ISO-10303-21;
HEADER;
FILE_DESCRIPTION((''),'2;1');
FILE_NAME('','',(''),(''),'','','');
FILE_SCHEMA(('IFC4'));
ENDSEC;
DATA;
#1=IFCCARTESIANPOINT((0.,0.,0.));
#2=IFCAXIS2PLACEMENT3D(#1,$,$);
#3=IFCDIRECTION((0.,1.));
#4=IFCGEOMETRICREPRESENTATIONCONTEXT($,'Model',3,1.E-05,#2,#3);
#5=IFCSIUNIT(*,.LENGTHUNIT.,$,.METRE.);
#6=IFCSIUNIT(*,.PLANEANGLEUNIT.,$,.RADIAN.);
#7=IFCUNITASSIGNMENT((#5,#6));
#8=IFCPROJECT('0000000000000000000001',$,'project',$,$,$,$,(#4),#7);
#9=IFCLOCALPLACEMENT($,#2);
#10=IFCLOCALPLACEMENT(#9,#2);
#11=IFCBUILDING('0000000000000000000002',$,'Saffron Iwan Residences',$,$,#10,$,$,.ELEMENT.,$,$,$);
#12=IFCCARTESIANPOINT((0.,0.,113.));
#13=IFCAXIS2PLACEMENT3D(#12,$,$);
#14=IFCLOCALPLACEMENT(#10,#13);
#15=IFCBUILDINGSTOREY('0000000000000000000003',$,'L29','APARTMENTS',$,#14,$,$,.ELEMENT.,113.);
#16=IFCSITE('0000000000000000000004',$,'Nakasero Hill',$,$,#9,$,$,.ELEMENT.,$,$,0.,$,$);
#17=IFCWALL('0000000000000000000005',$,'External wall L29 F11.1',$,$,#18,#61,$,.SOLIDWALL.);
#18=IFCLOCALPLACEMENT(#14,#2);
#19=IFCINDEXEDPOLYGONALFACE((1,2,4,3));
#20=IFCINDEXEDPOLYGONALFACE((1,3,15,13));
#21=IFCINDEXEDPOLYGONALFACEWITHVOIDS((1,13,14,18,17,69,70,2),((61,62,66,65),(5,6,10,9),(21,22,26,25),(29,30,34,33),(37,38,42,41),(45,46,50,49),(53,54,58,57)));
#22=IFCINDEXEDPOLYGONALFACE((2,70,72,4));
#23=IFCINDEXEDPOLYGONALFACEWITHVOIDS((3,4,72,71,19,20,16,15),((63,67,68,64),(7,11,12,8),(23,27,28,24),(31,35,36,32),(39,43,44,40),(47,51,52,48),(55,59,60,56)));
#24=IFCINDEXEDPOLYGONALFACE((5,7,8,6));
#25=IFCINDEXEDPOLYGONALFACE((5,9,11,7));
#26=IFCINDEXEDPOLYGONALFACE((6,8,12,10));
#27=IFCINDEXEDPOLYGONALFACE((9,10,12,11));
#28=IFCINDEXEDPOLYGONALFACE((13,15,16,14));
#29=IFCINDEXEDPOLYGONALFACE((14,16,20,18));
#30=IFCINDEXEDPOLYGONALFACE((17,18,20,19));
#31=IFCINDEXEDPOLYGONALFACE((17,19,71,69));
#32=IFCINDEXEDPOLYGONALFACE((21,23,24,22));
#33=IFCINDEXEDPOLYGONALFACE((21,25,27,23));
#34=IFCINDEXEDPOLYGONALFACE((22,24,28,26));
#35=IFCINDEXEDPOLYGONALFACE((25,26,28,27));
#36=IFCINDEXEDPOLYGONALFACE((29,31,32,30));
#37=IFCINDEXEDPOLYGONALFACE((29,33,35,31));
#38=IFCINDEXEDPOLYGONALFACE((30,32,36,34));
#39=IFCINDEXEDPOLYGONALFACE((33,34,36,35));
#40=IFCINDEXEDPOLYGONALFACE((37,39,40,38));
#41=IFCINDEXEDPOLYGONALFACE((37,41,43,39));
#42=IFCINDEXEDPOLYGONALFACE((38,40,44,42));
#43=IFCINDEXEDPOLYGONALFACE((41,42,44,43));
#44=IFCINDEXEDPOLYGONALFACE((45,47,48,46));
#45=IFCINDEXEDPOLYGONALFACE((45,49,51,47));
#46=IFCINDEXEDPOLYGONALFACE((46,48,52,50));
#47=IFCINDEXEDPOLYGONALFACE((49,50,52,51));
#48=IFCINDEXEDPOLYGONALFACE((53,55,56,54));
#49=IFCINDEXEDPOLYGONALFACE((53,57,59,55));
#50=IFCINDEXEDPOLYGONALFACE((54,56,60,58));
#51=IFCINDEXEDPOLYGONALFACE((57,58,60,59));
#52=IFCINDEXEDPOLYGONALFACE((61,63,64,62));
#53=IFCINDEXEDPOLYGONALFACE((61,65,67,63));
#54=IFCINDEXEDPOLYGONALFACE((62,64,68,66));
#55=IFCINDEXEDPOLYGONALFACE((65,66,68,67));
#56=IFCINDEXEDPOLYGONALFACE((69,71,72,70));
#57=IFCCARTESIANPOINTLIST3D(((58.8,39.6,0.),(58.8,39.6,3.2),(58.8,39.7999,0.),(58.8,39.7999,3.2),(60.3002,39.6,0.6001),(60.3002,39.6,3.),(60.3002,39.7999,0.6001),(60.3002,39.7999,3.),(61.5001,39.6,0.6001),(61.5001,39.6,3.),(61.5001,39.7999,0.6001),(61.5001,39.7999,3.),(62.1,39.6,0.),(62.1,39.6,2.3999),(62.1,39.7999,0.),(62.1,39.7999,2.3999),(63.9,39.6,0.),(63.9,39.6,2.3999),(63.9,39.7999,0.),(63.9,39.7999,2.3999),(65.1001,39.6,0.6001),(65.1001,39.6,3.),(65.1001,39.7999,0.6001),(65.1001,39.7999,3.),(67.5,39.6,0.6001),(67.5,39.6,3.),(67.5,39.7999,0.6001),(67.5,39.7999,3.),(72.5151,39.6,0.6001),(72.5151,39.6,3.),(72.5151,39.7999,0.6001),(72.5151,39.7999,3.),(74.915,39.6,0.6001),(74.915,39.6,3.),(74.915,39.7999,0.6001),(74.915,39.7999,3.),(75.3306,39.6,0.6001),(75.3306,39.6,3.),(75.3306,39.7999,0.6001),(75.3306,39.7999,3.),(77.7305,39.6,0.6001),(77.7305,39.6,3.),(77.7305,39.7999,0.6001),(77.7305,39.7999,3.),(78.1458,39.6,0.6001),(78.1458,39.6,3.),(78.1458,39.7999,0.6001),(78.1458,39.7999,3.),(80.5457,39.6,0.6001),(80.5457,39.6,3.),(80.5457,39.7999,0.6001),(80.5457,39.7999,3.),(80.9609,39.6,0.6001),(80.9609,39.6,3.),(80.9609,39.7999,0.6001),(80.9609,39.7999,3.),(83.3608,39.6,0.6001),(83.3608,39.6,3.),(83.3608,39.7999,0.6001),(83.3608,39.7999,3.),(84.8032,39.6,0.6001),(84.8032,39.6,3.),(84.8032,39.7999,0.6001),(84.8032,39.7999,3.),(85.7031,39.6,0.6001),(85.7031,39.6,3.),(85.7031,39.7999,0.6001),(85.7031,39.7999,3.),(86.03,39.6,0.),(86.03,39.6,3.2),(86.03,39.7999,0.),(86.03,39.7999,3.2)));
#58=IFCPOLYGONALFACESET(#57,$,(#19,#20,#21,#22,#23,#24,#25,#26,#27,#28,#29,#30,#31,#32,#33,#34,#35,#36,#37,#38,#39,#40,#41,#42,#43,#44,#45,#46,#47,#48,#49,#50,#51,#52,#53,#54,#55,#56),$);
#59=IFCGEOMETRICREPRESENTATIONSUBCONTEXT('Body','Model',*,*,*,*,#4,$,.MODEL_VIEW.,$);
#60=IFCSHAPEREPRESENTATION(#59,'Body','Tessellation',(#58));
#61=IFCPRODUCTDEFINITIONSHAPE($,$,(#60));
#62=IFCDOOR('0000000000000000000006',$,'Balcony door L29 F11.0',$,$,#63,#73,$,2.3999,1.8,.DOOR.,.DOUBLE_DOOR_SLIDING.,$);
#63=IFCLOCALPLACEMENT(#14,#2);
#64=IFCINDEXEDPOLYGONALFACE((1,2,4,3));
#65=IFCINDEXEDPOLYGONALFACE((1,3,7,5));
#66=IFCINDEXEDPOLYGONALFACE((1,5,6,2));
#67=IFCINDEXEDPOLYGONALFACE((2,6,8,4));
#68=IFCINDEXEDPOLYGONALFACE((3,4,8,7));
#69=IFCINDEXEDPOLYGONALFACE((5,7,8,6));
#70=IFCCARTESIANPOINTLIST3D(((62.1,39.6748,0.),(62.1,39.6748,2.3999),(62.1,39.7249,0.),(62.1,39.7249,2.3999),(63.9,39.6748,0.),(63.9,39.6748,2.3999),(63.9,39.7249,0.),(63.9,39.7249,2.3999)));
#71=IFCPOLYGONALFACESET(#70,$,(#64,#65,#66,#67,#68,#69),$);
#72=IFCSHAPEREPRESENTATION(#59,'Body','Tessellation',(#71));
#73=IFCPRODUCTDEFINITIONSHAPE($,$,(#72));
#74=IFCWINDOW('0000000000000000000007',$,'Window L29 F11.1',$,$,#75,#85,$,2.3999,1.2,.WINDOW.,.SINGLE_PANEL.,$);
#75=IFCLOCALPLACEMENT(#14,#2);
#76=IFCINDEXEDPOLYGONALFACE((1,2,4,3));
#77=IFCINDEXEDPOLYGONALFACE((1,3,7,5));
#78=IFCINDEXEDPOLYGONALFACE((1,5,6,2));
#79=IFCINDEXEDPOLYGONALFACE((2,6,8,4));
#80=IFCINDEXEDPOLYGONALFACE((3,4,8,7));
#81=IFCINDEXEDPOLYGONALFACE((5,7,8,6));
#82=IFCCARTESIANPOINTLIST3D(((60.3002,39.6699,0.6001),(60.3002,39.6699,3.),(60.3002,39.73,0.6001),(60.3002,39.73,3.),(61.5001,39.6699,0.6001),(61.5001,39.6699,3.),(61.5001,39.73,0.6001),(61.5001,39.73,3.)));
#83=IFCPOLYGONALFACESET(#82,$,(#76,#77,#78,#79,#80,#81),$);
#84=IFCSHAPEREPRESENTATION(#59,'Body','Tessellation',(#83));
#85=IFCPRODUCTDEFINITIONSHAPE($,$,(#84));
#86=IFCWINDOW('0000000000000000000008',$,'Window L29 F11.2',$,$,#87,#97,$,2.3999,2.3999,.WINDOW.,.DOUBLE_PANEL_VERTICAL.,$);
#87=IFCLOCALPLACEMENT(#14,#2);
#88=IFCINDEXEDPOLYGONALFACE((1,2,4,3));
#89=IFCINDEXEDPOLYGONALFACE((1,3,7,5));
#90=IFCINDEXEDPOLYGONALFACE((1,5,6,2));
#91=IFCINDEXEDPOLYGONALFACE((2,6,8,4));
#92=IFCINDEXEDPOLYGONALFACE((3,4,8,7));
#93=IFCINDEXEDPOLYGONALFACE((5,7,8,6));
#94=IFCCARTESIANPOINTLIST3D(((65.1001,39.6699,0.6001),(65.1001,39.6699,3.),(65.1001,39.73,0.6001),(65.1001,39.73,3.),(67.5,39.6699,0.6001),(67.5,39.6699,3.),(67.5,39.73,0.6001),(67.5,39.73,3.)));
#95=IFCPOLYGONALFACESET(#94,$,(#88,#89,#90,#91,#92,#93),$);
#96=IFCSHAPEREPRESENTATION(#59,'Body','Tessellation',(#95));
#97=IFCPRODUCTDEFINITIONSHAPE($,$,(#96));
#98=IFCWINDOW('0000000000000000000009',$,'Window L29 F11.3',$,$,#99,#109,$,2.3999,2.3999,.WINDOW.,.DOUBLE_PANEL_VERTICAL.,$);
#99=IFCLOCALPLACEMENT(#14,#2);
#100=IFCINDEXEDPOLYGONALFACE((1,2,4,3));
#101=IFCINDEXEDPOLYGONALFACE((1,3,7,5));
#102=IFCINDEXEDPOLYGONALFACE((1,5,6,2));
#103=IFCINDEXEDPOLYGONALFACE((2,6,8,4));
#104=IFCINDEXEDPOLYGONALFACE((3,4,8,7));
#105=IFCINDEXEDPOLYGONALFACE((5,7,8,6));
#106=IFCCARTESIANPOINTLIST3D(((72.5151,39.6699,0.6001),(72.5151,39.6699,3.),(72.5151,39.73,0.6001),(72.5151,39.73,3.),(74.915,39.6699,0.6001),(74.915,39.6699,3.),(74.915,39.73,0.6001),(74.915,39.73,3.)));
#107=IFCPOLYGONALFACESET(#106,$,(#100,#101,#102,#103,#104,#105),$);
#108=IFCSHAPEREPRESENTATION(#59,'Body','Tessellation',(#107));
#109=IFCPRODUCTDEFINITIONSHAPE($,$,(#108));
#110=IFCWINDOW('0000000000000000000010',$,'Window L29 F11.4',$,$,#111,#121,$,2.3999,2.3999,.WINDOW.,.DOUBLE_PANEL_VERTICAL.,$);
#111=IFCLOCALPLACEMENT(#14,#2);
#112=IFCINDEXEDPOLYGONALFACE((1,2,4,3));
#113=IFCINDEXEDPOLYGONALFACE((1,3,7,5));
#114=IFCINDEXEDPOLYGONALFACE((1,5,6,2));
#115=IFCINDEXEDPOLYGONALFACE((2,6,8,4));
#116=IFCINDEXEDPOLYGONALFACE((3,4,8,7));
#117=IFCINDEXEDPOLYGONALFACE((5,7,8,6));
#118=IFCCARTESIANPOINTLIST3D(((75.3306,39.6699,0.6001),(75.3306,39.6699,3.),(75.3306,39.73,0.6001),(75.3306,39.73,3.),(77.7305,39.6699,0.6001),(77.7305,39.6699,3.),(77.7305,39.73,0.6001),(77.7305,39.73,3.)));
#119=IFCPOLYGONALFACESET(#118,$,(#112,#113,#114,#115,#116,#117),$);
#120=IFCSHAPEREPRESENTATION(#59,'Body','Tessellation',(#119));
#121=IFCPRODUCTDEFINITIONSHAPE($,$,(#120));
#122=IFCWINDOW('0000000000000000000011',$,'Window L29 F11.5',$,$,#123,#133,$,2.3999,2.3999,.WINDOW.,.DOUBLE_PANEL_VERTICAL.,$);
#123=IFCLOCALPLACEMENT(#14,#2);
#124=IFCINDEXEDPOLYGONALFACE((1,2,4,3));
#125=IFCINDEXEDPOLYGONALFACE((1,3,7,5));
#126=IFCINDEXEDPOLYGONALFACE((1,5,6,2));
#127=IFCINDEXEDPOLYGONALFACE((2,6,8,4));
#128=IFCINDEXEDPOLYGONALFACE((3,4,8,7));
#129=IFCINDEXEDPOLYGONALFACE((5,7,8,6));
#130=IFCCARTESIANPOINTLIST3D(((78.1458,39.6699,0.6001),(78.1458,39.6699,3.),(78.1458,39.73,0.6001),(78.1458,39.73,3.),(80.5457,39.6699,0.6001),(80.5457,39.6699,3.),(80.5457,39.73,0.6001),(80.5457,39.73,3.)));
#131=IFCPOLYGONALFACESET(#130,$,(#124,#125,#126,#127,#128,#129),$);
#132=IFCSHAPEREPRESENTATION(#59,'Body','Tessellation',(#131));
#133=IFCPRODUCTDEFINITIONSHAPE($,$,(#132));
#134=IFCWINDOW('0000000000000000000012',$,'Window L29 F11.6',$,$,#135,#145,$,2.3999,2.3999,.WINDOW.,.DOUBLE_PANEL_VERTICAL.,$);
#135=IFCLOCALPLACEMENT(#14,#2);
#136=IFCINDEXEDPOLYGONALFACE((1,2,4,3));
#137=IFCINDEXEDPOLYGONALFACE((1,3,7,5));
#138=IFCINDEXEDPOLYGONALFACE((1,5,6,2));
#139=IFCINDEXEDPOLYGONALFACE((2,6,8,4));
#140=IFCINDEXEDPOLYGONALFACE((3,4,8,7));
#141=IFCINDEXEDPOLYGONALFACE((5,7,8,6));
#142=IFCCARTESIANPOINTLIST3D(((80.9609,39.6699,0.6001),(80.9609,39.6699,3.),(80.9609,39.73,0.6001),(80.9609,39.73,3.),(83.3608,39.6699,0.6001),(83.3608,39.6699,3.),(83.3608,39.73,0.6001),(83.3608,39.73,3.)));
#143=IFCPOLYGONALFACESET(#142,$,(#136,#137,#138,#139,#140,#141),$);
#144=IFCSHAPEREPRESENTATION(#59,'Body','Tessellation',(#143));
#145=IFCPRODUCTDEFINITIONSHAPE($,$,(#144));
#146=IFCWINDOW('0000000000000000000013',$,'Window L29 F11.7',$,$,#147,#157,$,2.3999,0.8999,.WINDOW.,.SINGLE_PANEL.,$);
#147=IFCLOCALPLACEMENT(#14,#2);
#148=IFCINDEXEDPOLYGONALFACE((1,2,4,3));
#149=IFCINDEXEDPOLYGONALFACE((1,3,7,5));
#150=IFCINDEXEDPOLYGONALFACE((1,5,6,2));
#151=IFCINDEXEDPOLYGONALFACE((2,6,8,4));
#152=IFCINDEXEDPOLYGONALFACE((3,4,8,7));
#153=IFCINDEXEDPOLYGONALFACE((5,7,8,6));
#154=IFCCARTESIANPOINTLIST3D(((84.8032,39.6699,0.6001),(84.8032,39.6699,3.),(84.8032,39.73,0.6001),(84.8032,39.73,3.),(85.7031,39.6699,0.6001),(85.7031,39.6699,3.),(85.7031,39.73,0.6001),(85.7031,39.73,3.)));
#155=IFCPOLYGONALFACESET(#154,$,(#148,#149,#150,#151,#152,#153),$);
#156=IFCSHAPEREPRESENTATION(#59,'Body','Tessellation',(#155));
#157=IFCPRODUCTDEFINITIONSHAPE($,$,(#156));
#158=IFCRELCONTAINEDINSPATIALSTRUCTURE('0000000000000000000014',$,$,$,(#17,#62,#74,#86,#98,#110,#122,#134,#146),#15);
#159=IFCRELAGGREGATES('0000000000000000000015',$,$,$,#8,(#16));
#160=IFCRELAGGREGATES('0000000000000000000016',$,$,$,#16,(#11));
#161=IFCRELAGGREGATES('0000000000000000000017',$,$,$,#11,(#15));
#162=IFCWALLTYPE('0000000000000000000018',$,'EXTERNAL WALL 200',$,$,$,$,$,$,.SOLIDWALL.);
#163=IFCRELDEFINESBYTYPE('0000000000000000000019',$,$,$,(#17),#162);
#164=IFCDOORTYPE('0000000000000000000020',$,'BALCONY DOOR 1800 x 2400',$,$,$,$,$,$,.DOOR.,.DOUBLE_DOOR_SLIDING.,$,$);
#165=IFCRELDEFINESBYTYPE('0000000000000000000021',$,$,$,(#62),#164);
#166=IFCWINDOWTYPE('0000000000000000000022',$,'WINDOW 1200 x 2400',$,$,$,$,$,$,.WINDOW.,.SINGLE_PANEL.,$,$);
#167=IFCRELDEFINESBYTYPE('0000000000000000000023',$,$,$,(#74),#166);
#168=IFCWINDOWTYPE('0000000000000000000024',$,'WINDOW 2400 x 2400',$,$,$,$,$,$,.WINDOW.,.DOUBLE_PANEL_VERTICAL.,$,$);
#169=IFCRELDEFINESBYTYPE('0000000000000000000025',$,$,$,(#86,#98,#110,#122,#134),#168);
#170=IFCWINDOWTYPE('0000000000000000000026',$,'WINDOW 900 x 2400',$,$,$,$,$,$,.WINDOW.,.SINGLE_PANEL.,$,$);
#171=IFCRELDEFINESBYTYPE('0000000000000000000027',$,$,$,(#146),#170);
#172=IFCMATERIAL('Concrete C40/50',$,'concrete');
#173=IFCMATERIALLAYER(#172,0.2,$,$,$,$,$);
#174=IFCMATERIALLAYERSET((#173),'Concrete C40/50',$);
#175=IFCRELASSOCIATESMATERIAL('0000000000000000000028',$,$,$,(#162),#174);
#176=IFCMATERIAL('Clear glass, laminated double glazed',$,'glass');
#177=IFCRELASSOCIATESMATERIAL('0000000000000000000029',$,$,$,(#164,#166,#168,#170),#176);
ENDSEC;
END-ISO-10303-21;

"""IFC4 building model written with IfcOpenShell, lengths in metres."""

from ifc_helpers import new_model, si_unit, direction, frame, frame_2d, origin, place, context, subcontext, project, spatial, rectangle, extrude, material, layer, layer_set, type_object, element, fill, save


model = new_model("IFC4")

# Units and contexts
model_context = context("Model", 3, precision=1e-05, world=origin(), true_north=direction((0.0, 1.0)))
body_context = subcontext(model_context, "Body", "Model", "MODEL_VIEW")
ifc_project = project(units=[si_unit("LENGTHUNIT", "METRE"), si_unit("PLANEANGLEUNIT", "RADIAN")], contexts=[model_context])

# Site, building, storey
site_placement = place(None, origin())
site = spatial("IfcSite", under=ifc_project, at=site_placement, Name="Nakasero Hill", CompositionType="ELEMENT", RefElevation=0.0)
building_placement = place(site_placement, origin())
building = spatial("IfcBuilding", under=site, at=building_placement, Name="Saffron Iwan Residences", CompositionType="ELEMENT")
storey_placement = place(building_placement, frame((0.0, 0.0, 113.0)))
storey = spatial("IfcBuildingStorey", under=building, at=storey_placement, Name="L29", Description="APARTMENTS", CompositionType="ELEMENT", Elevation=113.0)

# Shared definitions
ifc_material_1 = material(Name="Clear glass, laminated double glazed", Category="glass")

# Wall, openings, door, windows
ifc_material_2 = material(Name="Concrete C40/50", Category="concrete")
ifc_layer_1 = layer(ifc_material_2, 0.2)
ifc_layer_set_1 = layer_set([ifc_layer_1], Name="Concrete C40/50")
wall_type_1 = type_object("IfcWallType", Name="EXTERNAL WALL 200", PredefinedType="SOLIDWALL", material=ifc_layer_set_1)
wall_1_placement = place(storey_placement, frame((58.8, 39.7, 0.0), z_axis=(0.0, 0.0, 1.0), x_axis=(1.0, 0.0, 0.0)))
wall_1 = element("IfcWall", 1, at=wall_1_placement, inside=storey, type_object=wall_type_1, Name="External wall L29 F11.1", PredefinedType="SOLIDWALL", context=body_context, shape_type="SweptSolid", body=[
    extrude(rectangle(XDim=27.23, YDim=0.2, at=frame_2d((13.615, 0.0))), origin(), (0.0, 0.0, 1.0), 3.2),
])
opening_1_placement = place(wall_1_placement, frame((3.3, 0.0, 0.0)))
opening_1 = element("IfcOpeningElement", 2, at=opening_1_placement, cuts=wall_1, PredefinedType="OPENING", context=body_context, shape_type="SweptSolid", body=[
    extrude(rectangle(XDim=1.8, YDim=2.3999, at=frame_2d((0.8999, 1.2))), frame((0.0, 0.1099, 0.0), z_axis=(0.0, -1.0, 0.0), x_axis=(1.0, 0.0, 0.0)), (0.0, 0.0, 1.0), 0.22),
])
opening_2_placement = place(wall_1_placement, frame((1.5, 0.0, 0.6001)))
opening_2 = element("IfcOpeningElement", 3, at=opening_2_placement, cuts=wall_1, PredefinedType="OPENING", context=body_context, shape_type="SweptSolid", body=[
    extrude(rectangle(XDim=1.2, YDim=2.3999, at=frame_2d((0.6001, 1.2))), frame((0.0, 0.1099, 0.0), z_axis=(0.0, -1.0, 0.0), x_axis=(1.0, 0.0, 0.0)), (0.0, 0.0, 1.0), 0.22),
])
opening_3_placement = place(wall_1_placement, frame((6.3, 0.0, 0.6001)))
opening_3 = element("IfcOpeningElement", 4, at=opening_3_placement, cuts=wall_1, PredefinedType="OPENING", context=body_context, shape_type="SweptSolid", body=[
    extrude(rectangle(XDim=2.3999, YDim=2.3999, at=frame_2d((1.2, 1.2))), frame((0.0, 0.1099, 0.0), z_axis=(0.0, -1.0, 0.0), x_axis=(1.0, 0.0, 0.0)), (0.0, 0.0, 1.0), 0.22),
])
opening_4_placement = place(wall_1_placement, frame((13.7151, 0.0, 0.6001)))
opening_4 = element("IfcOpeningElement", 5, at=opening_4_placement, cuts=wall_1, PredefinedType="OPENING", context=body_context, shape_type="SweptSolid", body=[
    extrude(rectangle(XDim=2.3999, YDim=2.3999, at=frame_2d((1.2, 1.2))), frame((0.0, 0.1099, 0.0), z_axis=(0.0, -1.0, 0.0), x_axis=(1.0, 0.0, 0.0)), (0.0, 0.0, 1.0), 0.22),
])
opening_5_placement = place(wall_1_placement, frame((16.5305, 0.0, 0.6001)))
opening_5 = element("IfcOpeningElement", 6, at=opening_5_placement, cuts=wall_1, PredefinedType="OPENING", context=body_context, shape_type="SweptSolid", body=[
    extrude(rectangle(XDim=2.3999, YDim=2.3999, at=frame_2d((1.2, 1.2))), frame((0.0, 0.1099, 0.0), z_axis=(0.0, -1.0, 0.0), x_axis=(1.0, 0.0, 0.0)), (0.0, 0.0, 1.0), 0.22),
])
opening_6_placement = place(wall_1_placement, frame((19.3457, 0.0, 0.6001)))
opening_6 = element("IfcOpeningElement", 7, at=opening_6_placement, cuts=wall_1, PredefinedType="OPENING", context=body_context, shape_type="SweptSolid", body=[
    extrude(rectangle(XDim=2.3999, YDim=2.3999, at=frame_2d((1.2, 1.2))), frame((0.0, 0.1099, 0.0), z_axis=(0.0, -1.0, 0.0), x_axis=(1.0, 0.0, 0.0)), (0.0, 0.0, 1.0), 0.22),
])
opening_7_placement = place(wall_1_placement, frame((22.1609, 0.0, 0.6001)))
opening_7 = element("IfcOpeningElement", 8, at=opening_7_placement, cuts=wall_1, PredefinedType="OPENING", context=body_context, shape_type="SweptSolid", body=[
    extrude(rectangle(XDim=2.3999, YDim=2.3999, at=frame_2d((1.2, 1.2))), frame((0.0, 0.1099, 0.0), z_axis=(0.0, -1.0, 0.0), x_axis=(1.0, 0.0, 0.0)), (0.0, 0.0, 1.0), 0.22),
])
opening_8_placement = place(wall_1_placement, frame((26.0032, 0.0, 0.6001)))
opening_8 = element("IfcOpeningElement", 9, at=opening_8_placement, cuts=wall_1, PredefinedType="OPENING", context=body_context, shape_type="SweptSolid", body=[
    extrude(rectangle(XDim=0.8999, YDim=2.3999, at=frame_2d((0.45, 1.2))), frame((0.0, 0.1099, 0.0), z_axis=(0.0, -1.0, 0.0), x_axis=(1.0, 0.0, 0.0)), (0.0, 0.0, 1.0), 0.22),
])
door_type = type_object("IfcDoorType", Name="BALCONY DOOR 1800 x 2400", OperationType="DOUBLE_DOOR_SLIDING", PredefinedType="DOOR", material=ifc_material_1)
door_placement = place(opening_1_placement, origin())
door = element("IfcDoor", 10, at=door_placement, inside=storey, type_object=door_type, Name="Balcony door L29 F11.0", OperationType="DOUBLE_DOOR_SLIDING", OverallHeight=2.3999, OverallWidth=1.8, PredefinedType="DOOR", context=body_context, shape_type="SweptSolid", body=[
    extrude(rectangle(XDim=1.8, YDim=2.3999, at=frame_2d((0.8999, 1.2))), frame((0.0, 0.0249, 0.0), z_axis=(0.0, -1.0, 0.0), x_axis=(1.0, 0.0, 0.0)), (0.0, 0.0, 1.0), 0.05),
])
fill(opening_1, door)
window_type_1 = type_object("IfcWindowType", Name="WINDOW 1200 x 2400", PartitioningType="SINGLE_PANEL", PredefinedType="WINDOW", material=ifc_material_1)
window_1_placement = place(opening_2_placement, origin())
window_1 = element("IfcWindow", 11, at=window_1_placement, inside=storey, type_object=window_type_1, Name="Window L29 F11.1", OverallHeight=2.3999, OverallWidth=1.2, PartitioningType="SINGLE_PANEL", PredefinedType="WINDOW", context=body_context, shape_type="SweptSolid", body=[
    extrude(rectangle(XDim=1.2, YDim=2.3999, at=frame_2d((0.6001, 1.2))), frame((0.0, 0.03, 0.0), z_axis=(0.0, -1.0, 0.0), x_axis=(1.0, 0.0, 0.0)), (0.0, 0.0, 1.0), 0.0601),
])
fill(opening_2, window_1)
window_type_2 = type_object("IfcWindowType", Name="WINDOW 2400 x 2400", PartitioningType="DOUBLE_PANEL_VERTICAL", PredefinedType="WINDOW", material=ifc_material_1)
window_2_placement = place(opening_3_placement, origin())
window_2 = element("IfcWindow", 12, at=window_2_placement, inside=storey, type_object=window_type_2, Name="Window L29 F11.2", OverallHeight=2.3999, OverallWidth=2.3999, PartitioningType="DOUBLE_PANEL_VERTICAL", PredefinedType="WINDOW", context=body_context, shape_type="SweptSolid", body=[
    extrude(rectangle(XDim=2.3999, YDim=2.3999, at=frame_2d((1.2, 1.2))), frame((0.0, 0.03, 0.0), z_axis=(0.0, -1.0, 0.0), x_axis=(1.0, 0.0, 0.0)), (0.0, 0.0, 1.0), 0.0601),
])
fill(opening_3, window_2)
window_3_placement = place(opening_4_placement, origin())
window_3 = element("IfcWindow", 13, at=window_3_placement, inside=storey, type_object=window_type_2, Name="Window L29 F11.3", OverallHeight=2.3999, OverallWidth=2.3999, PartitioningType="DOUBLE_PANEL_VERTICAL", PredefinedType="WINDOW", context=body_context, shape_type="SweptSolid", body=[
    extrude(rectangle(XDim=2.3999, YDim=2.3999, at=frame_2d((1.2, 1.2))), frame((0.0, 0.03, 0.0), z_axis=(0.0, -1.0, 0.0), x_axis=(1.0, 0.0, 0.0)), (0.0, 0.0, 1.0), 0.0601),
])
fill(opening_4, window_3)
window_4_placement = place(opening_5_placement, origin())
window_4 = element("IfcWindow", 14, at=window_4_placement, inside=storey, type_object=window_type_2, Name="Window L29 F11.4", OverallHeight=2.3999, OverallWidth=2.3999, PartitioningType="DOUBLE_PANEL_VERTICAL", PredefinedType="WINDOW", context=body_context, shape_type="SweptSolid", body=[
    extrude(rectangle(XDim=2.3999, YDim=2.3999, at=frame_2d((1.2, 1.2))), frame((0.0, 0.03, 0.0), z_axis=(0.0, -1.0, 0.0), x_axis=(1.0, 0.0, 0.0)), (0.0, 0.0, 1.0), 0.0601),
])
fill(opening_5, window_4)
window_5_placement = place(opening_6_placement, origin())
window_5 = element("IfcWindow", 15, at=window_5_placement, inside=storey, type_object=window_type_2, Name="Window L29 F11.5", OverallHeight=2.3999, OverallWidth=2.3999, PartitioningType="DOUBLE_PANEL_VERTICAL", PredefinedType="WINDOW", context=body_context, shape_type="SweptSolid", body=[
    extrude(rectangle(XDim=2.3999, YDim=2.3999, at=frame_2d((1.2, 1.2))), frame((0.0, 0.03, 0.0), z_axis=(0.0, -1.0, 0.0), x_axis=(1.0, 0.0, 0.0)), (0.0, 0.0, 1.0), 0.0601),
])
fill(opening_6, window_5)
window_6_placement = place(opening_7_placement, origin())
window_6 = element("IfcWindow", 16, at=window_6_placement, inside=storey, type_object=window_type_2, Name="Window L29 F11.6", OverallHeight=2.3999, OverallWidth=2.3999, PartitioningType="DOUBLE_PANEL_VERTICAL", PredefinedType="WINDOW", context=body_context, shape_type="SweptSolid", body=[
    extrude(rectangle(XDim=2.3999, YDim=2.3999, at=frame_2d((1.2, 1.2))), frame((0.0, 0.03, 0.0), z_axis=(0.0, -1.0, 0.0), x_axis=(1.0, 0.0, 0.0)), (0.0, 0.0, 1.0), 0.0601),
])
fill(opening_7, window_6)
window_type_3 = type_object("IfcWindowType", Name="WINDOW 900 x 2400", PartitioningType="SINGLE_PANEL", PredefinedType="WINDOW", material=ifc_material_1)
window_7_placement = place(opening_8_placement, origin())
window_7 = element("IfcWindow", 17, at=window_7_placement, inside=storey, type_object=window_type_3, Name="Window L29 F11.7", OverallHeight=2.3999, OverallWidth=0.8999, PartitioningType="SINGLE_PANEL", PredefinedType="WINDOW", context=body_context, shape_type="SweptSolid", body=[
    extrude(rectangle(XDim=0.8999, YDim=2.3999, at=frame_2d((0.45, 1.2))), frame((0.0, 0.03, 0.0), z_axis=(0.0, -1.0, 0.0), x_axis=(1.0, 0.0, 0.0)), (0.0, 0.0, 1.0), 0.0601),
])
fill(opening_8, window_7)

save(model, "model.ifc")
